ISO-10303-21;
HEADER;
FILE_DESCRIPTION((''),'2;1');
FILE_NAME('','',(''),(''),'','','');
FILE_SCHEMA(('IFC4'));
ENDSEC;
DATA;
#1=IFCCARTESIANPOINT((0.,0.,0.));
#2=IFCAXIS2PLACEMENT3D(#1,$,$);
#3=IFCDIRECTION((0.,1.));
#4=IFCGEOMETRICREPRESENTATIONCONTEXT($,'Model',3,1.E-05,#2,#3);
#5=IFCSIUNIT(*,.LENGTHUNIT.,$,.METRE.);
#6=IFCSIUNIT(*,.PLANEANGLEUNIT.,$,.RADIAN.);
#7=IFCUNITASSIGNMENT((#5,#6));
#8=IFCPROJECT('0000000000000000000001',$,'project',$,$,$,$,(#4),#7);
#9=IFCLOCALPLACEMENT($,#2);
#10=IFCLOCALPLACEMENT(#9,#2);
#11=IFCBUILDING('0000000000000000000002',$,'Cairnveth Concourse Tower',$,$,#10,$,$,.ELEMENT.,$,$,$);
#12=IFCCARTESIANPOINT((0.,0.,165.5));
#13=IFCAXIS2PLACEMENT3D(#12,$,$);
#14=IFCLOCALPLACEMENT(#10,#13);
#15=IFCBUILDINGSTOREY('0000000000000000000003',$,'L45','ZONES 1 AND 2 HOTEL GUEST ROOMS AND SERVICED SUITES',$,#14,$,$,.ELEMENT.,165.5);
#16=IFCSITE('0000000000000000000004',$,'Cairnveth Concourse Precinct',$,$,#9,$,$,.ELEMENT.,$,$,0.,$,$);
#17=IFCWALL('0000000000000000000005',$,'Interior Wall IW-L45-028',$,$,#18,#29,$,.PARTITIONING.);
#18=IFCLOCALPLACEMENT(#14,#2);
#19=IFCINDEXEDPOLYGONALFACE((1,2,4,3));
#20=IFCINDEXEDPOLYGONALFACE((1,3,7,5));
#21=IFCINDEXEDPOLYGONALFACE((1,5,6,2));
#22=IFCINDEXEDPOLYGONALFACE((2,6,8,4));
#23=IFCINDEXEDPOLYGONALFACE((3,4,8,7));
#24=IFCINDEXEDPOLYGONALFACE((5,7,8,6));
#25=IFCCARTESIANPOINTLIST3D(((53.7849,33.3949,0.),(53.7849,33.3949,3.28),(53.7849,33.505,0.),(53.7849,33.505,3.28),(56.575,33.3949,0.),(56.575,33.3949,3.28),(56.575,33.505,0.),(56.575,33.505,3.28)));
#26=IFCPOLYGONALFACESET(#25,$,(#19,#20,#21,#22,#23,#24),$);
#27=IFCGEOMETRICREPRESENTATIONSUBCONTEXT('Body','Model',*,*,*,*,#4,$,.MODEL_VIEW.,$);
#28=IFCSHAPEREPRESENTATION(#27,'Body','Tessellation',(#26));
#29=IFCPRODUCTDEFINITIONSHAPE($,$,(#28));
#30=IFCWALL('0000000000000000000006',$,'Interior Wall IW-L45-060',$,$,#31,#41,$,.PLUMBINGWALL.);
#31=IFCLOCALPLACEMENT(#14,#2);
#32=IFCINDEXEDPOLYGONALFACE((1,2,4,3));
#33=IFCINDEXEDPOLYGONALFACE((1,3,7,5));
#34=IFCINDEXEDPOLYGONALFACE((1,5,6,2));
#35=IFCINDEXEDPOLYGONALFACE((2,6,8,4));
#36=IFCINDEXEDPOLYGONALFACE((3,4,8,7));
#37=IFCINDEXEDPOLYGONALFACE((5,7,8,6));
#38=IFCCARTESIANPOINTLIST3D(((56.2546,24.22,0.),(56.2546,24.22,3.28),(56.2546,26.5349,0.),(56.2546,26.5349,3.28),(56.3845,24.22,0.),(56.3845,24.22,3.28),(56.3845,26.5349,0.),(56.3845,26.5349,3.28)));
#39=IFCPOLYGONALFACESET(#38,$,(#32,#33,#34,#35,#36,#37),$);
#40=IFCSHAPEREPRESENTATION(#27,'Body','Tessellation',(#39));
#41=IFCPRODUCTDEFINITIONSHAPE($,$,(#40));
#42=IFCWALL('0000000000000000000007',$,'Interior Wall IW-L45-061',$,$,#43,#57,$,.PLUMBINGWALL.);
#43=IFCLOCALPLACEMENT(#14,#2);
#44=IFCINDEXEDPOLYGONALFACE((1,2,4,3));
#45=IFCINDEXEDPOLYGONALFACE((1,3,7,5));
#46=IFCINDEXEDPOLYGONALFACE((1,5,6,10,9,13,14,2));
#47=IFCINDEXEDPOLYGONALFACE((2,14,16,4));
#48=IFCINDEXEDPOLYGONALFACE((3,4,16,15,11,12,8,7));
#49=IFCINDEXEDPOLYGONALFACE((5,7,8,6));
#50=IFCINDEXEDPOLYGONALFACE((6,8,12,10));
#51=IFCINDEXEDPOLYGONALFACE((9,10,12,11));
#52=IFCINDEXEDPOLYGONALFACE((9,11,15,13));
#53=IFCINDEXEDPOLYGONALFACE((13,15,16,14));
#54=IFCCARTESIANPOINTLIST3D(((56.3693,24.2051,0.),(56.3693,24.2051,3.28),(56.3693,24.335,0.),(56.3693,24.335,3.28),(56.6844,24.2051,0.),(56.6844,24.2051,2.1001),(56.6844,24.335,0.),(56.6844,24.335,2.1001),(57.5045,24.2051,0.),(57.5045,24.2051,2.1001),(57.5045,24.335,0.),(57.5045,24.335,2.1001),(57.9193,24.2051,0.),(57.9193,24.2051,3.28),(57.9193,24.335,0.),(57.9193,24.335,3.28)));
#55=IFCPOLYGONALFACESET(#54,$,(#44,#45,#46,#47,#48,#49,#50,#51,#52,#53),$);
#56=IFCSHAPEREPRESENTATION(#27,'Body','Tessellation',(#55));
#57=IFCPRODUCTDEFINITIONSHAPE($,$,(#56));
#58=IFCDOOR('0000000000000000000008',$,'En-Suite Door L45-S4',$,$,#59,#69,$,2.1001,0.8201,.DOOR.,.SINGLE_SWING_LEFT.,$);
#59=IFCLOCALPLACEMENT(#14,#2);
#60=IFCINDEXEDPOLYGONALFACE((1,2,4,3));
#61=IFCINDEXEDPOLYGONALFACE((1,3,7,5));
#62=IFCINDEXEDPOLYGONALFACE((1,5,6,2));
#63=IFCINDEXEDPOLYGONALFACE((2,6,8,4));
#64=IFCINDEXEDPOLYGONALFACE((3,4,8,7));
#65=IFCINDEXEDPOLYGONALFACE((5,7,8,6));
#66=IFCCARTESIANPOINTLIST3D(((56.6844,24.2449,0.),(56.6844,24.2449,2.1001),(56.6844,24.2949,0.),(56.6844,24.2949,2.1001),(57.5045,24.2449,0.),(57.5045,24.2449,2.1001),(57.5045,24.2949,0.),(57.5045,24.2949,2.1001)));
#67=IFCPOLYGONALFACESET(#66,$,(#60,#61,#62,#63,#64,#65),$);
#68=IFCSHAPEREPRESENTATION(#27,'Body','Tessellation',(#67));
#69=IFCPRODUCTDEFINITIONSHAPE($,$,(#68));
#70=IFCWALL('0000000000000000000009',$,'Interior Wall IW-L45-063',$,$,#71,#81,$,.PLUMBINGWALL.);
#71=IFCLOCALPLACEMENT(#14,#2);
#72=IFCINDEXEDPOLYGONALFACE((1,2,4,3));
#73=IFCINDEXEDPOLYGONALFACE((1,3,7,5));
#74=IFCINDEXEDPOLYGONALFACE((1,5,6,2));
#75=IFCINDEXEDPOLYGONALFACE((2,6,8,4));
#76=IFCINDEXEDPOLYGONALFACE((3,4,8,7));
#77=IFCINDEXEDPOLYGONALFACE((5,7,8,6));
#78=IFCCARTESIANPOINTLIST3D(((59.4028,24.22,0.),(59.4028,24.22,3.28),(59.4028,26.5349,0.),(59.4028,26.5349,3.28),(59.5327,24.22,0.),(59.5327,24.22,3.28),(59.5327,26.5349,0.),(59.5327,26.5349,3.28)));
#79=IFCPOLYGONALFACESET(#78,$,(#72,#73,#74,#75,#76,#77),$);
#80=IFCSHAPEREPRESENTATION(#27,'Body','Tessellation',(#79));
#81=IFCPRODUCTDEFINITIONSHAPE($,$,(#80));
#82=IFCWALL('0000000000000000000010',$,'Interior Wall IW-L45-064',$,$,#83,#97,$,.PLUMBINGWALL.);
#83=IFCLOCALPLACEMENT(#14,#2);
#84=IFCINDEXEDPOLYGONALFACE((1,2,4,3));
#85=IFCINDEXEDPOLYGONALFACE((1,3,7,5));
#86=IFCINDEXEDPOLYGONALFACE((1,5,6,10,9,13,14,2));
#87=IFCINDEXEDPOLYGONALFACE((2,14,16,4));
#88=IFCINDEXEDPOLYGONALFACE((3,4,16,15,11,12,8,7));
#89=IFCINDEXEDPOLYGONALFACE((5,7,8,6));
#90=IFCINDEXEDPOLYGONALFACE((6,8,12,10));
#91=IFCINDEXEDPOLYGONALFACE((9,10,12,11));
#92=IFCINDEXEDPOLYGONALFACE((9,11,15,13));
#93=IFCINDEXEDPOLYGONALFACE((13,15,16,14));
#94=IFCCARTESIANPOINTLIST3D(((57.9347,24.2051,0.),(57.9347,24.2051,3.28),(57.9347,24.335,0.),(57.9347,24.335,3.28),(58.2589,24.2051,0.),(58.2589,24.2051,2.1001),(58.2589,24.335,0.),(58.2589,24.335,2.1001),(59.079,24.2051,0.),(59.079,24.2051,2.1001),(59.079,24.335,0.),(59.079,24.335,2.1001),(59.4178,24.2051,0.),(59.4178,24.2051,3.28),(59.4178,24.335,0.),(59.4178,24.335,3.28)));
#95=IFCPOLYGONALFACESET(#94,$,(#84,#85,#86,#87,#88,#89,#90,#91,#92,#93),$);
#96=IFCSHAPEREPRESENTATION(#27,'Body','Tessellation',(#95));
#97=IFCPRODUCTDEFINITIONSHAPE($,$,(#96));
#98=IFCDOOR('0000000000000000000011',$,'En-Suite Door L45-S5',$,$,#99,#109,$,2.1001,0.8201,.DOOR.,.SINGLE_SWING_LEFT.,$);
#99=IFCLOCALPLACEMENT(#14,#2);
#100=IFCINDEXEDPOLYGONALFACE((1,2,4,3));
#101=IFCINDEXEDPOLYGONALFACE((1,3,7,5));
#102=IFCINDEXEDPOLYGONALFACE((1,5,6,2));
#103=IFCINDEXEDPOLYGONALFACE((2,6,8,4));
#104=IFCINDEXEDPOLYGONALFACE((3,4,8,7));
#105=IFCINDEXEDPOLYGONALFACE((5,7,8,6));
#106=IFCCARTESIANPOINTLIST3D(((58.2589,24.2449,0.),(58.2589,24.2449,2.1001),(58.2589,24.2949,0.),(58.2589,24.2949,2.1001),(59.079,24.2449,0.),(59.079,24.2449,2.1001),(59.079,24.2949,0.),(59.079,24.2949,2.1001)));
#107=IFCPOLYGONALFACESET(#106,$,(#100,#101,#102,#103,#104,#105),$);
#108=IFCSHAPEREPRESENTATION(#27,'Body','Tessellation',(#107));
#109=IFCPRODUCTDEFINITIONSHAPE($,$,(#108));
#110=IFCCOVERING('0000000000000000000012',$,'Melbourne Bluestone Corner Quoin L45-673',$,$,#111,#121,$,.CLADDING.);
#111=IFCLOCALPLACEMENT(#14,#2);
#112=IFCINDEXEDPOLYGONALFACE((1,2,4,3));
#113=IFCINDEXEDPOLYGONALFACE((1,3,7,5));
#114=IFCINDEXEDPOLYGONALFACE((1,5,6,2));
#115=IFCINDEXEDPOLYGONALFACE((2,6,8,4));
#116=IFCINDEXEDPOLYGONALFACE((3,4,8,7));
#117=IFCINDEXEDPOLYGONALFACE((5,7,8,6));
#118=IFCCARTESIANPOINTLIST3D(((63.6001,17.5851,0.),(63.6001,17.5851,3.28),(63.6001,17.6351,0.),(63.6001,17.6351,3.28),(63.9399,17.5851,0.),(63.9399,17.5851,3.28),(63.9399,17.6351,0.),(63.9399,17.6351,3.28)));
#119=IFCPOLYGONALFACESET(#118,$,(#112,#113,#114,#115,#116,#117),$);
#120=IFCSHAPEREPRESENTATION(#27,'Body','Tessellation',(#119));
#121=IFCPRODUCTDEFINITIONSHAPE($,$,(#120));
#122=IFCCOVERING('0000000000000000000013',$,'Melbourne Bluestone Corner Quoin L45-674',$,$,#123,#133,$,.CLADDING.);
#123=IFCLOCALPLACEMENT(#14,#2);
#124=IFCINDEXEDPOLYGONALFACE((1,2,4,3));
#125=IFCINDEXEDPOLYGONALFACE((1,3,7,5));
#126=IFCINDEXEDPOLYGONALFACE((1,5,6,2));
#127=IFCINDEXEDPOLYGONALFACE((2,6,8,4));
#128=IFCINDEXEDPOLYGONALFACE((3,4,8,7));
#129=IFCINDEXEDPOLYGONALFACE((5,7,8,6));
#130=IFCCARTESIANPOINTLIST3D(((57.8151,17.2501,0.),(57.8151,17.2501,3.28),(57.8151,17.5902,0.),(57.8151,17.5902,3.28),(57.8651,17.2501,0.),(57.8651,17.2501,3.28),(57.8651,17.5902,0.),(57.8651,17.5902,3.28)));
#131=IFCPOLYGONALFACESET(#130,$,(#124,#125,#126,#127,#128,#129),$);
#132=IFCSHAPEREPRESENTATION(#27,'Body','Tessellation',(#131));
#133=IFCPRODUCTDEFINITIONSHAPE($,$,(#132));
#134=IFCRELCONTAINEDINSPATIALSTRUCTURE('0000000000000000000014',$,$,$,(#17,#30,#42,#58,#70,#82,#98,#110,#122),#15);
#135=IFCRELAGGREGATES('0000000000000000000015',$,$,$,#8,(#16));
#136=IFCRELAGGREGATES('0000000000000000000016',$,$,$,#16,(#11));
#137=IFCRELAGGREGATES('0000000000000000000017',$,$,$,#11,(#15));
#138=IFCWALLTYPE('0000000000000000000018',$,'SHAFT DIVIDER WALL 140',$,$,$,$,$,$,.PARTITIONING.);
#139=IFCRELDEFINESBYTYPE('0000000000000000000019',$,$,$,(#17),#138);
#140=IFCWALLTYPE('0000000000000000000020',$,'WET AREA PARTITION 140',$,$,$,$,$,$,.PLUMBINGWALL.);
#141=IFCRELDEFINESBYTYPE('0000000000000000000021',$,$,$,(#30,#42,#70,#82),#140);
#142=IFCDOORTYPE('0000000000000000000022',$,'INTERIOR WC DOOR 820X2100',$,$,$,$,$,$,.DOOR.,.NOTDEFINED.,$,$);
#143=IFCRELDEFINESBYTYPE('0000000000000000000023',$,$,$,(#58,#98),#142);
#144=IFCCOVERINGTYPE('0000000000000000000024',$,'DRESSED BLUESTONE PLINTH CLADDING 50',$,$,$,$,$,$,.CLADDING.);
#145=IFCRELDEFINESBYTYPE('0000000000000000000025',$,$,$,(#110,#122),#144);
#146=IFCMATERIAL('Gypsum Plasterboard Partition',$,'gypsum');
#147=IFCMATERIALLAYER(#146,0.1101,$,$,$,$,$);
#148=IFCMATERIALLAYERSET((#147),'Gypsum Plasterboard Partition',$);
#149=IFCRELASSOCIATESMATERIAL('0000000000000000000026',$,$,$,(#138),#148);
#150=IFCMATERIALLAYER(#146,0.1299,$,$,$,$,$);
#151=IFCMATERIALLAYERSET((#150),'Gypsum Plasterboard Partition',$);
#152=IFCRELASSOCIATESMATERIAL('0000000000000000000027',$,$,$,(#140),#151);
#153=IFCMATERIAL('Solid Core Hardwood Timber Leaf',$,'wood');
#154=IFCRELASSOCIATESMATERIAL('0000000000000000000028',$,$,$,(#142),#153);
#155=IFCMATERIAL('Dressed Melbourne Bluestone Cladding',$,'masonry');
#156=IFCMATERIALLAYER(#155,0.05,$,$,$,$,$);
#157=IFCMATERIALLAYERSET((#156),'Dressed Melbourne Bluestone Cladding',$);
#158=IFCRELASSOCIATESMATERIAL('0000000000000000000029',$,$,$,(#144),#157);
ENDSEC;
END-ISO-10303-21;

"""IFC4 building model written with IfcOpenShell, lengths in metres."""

from ifc_helpers import new_model, si_unit, direction, frame, frame_2d, origin, place, context, subcontext, project, spatial, rectangle, extrude, material, layer, layer_set, type_object, element, fill, save


model = new_model("IFC4")

# Units and contexts
model_context = context("Model", 3, precision=1e-05, world=origin(), true_north=direction((0.0, 1.0)))
body_context = subcontext(model_context, "Body", "Model", "MODEL_VIEW")
ifc_project = project(units=[si_unit("LENGTHUNIT", "METRE"), si_unit("PLANEANGLEUNIT", "RADIAN")], contexts=[model_context])

# Site, building, storey
site_placement = place(None, origin())
site = spatial("IfcSite", under=ifc_project, at=site_placement, Name="Cairnveth Concourse Precinct", CompositionType="ELEMENT", RefElevation=0.0)
building_placement = place(site_placement, origin())
building = spatial("IfcBuilding", under=site, at=building_placement, Name="Cairnveth Concourse Tower", CompositionType="ELEMENT")
storey_placement = place(building_placement, frame((0.0, 0.0, 165.5)))
storey = spatial("IfcBuildingStorey", under=building, at=storey_placement, Name="L45", Description="ZONES 1 AND 2 HOTEL GUEST ROOMS AND SERVICED SUITES", CompositionType="ELEMENT", Elevation=165.5)

# Shared definitions
ifc_material_1 = material(Name="Gypsum Plasterboard Partition", Category="gypsum")

# Walls
ifc_layer_1 = layer(ifc_material_1, 0.1101)
ifc_layer_set_1 = layer_set([ifc_layer_1], Name="Gypsum Plasterboard Partition")
wall_type_1 = type_object("IfcWallType", Name="SHAFT DIVIDER WALL 140", PredefinedType="PARTITIONING", material=ifc_layer_set_1)
wall_1_placement = place(storey_placement, frame((53.7849, 33.45, 0.0), z_axis=(0.0, 0.0, 1.0), x_axis=(1.0, 0.0, 0.0)))
element("IfcWall", 1, at=wall_1_placement, inside=storey, type_object=wall_type_1, Name="Interior Wall IW-L45-028", PredefinedType="PARTITIONING", context=body_context, shape_type="SweptSolid", body=[
    extrude(rectangle(XDim=2.79, YDim=0.1101, at=frame_2d((1.395, 0.0))), origin(), (0.0, 0.0, 1.0), 3.28),
])
ifc_layer_2 = layer(ifc_material_1, 0.1299)
ifc_layer_set_2 = layer_set([ifc_layer_2], Name="Gypsum Plasterboard Partition")
wall_type_2 = type_object("IfcWallType", Name="WET AREA PARTITION 140", PredefinedType="PLUMBINGWALL", material=ifc_layer_set_2)
wall_2_placement = place(storey_placement, frame((56.3196, 24.22, 0.0), z_axis=(0.0, 0.0, 1.0), x_axis=(0.0, 1.0, 0.0)))
element("IfcWall", 2, at=wall_2_placement, inside=storey, type_object=wall_type_2, Name="Interior Wall IW-L45-060", PredefinedType="PLUMBINGWALL", context=body_context, shape_type="SweptSolid", body=[
    extrude(rectangle(XDim=2.3149, YDim=0.1299, at=frame_2d((1.1575, 0.0))), origin(), (0.0, 0.0, 1.0), 3.28),
])

# Wall, opening, door
wall_3_placement = place(storey_placement, frame((56.3694, 24.27, 0.0), z_axis=(0.0, 0.0, 1.0), x_axis=(1.0, 0.0, 0.0)))
wall_3 = element("IfcWall", 3, at=wall_3_placement, inside=storey, type_object=wall_type_2, Name="Interior Wall IW-L45-061", PredefinedType="PLUMBINGWALL", context=body_context, shape_type="SweptSolid", body=[
    extrude(rectangle(XDim=1.55, YDim=0.1299, at=frame_2d((0.7749, 0.0))), origin(), (0.0, 0.0, 1.0), 3.28),
])
opening_1_placement = place(wall_3_placement, frame((0.3149, 0.0, 0.0)))
opening_1 = element("IfcOpeningElement", 4, at=opening_1_placement, cuts=wall_3, PredefinedType="OPENING", context=body_context, shape_type="SweptSolid", body=[
    extrude(rectangle(XDim=0.8201, YDim=2.1001, at=frame_2d((0.4102, 1.05))), frame((0.0, 0.075, 0.0), z_axis=(0.0, -1.0, 0.0), x_axis=(1.0, 0.0, 0.0)), (0.0, 0.0, 1.0), 0.1499),
])
ifc_material_2 = material(Name="Solid Core Hardwood Timber Leaf", Category="wood")
door_type_1 = type_object("IfcDoorType", Name="INTERIOR WC DOOR 820X2100", OperationType="NOTDEFINED", PredefinedType="DOOR", material=ifc_material_2)
door_1_placement = place(opening_1_placement, origin())
door_1 = element("IfcDoor", 5, at=door_1_placement, inside=storey, type_object=door_type_1, Name="En-Suite Door L45-S4", OperationType="SINGLE_SWING_LEFT", OverallHeight=2.1001, OverallWidth=0.8201, PredefinedType="DOOR", context=body_context, shape_type="SweptSolid", body=[
    extrude(rectangle(XDim=0.8201, YDim=2.1001, at=frame_2d((0.4102, 1.05))), frame((0.0, 0.0249, 0.0), z_axis=(0.0, -1.0, 0.0), x_axis=(1.0, 0.0, 0.0)), (0.0, 0.0, 1.0), 0.05),
])
fill(opening_1, door_1)

# Wall
wall_4_placement = place(storey_placement, frame((59.4678, 24.22, 0.0), z_axis=(0.0, 0.0, 1.0), x_axis=(0.0, 1.0, 0.0)))
element("IfcWall", 6, at=wall_4_placement, inside=storey, type_object=wall_type_2, Name="Interior Wall IW-L45-063", PredefinedType="PLUMBINGWALL", context=body_context, shape_type="SweptSolid", body=[
    extrude(rectangle(XDim=2.3149, YDim=0.1299, at=frame_2d((1.1575, 0.0))), origin(), (0.0, 0.0, 1.0), 3.28),
])

# Wall, opening, door
wall_5_placement = place(storey_placement, frame((57.9346, 24.27, 0.0), z_axis=(0.0, 0.0, 1.0), x_axis=(1.0, 0.0, 0.0)))
wall_5 = element("IfcWall", 7, at=wall_5_placement, inside=storey, type_object=wall_type_2, Name="Interior Wall IW-L45-064", PredefinedType="PLUMBINGWALL", context=body_context, shape_type="SweptSolid", body=[
    extrude(rectangle(XDim=1.4832, YDim=0.1299, at=frame_2d((0.7417, 0.0))), origin(), (0.0, 0.0, 1.0), 3.28),
])
opening_2_placement = place(wall_5_placement, frame((0.3242, 0.0, 0.0)))
opening_2 = element("IfcOpeningElement", 8, at=opening_2_placement, cuts=wall_5, PredefinedType="OPENING", context=body_context, shape_type="SweptSolid", body=[
    extrude(rectangle(XDim=0.8201, YDim=2.1001, at=frame_2d((0.4102, 1.05))), frame((0.0, 0.075, 0.0), z_axis=(0.0, -1.0, 0.0), x_axis=(1.0, 0.0, 0.0)), (0.0, 0.0, 1.0), 0.1499),
])
door_2_placement = place(opening_2_placement, origin())
door_2 = element("IfcDoor", 9, at=door_2_placement, inside=storey, type_object=door_type_1, Name="En-Suite Door L45-S5", OperationType="SINGLE_SWING_LEFT", OverallHeight=2.1001, OverallWidth=0.8201, PredefinedType="DOOR", context=body_context, shape_type="SweptSolid", body=[
    extrude(rectangle(XDim=0.8201, YDim=2.1001, at=frame_2d((0.4102, 1.05))), frame((0.0, 0.0249, 0.0), z_axis=(0.0, -1.0, 0.0), x_axis=(1.0, 0.0, 0.0)), (0.0, 0.0, 1.0), 0.05),
])
fill(opening_2, door_2)

# Coverings
ifc_material_3 = material(Name="Dressed Melbourne Bluestone Cladding", Category="masonry")
ifc_layer_3 = layer(ifc_material_3, 0.05)
ifc_layer_set_3 = layer_set([ifc_layer_3], Name="Dressed Melbourne Bluestone Cladding")
covering_type = type_object("IfcCoveringType", Name="DRESSED BLUESTONE PLINTH CLADDING 50", PredefinedType="CLADDING", material=ifc_layer_set_3)
covering_1_placement = place(storey_placement, frame((63.9399, 17.6101, 0.0), z_axis=(0.0, 0.0, 1.0), x_axis=(-1.0, 0.0, 0.0)))
element("IfcCovering", 10, at=covering_1_placement, inside=storey, type_object=covering_type, Name="Melbourne Bluestone Corner Quoin L45-673", PredefinedType="CLADDING", context=body_context, shape_type="SweptSolid", body=[
    extrude(rectangle(XDim=0.3398, YDim=0.05, at=frame_2d((0.1699, 0.0))), origin(), (0.0, 0.0, 1.0), 3.28),
])
covering_2_placement = place(storey_placement, frame((57.8401, 17.5901, 0.0), z_axis=(0.0, 0.0, 1.0), x_axis=(0.0, -1.0, 0.0)))
element("IfcCovering", 11, at=covering_2_placement, inside=storey, type_object=covering_type, Name="Melbourne Bluestone Corner Quoin L45-674", PredefinedType="CLADDING", context=body_context, shape_type="SweptSolid", body=[
    extrude(rectangle(XDim=0.3401, YDim=0.05, at=frame_2d((0.1699, 0.0))), origin(), (0.0, 0.0, 1.0), 3.28),
])

save(model, "model.ifc")
